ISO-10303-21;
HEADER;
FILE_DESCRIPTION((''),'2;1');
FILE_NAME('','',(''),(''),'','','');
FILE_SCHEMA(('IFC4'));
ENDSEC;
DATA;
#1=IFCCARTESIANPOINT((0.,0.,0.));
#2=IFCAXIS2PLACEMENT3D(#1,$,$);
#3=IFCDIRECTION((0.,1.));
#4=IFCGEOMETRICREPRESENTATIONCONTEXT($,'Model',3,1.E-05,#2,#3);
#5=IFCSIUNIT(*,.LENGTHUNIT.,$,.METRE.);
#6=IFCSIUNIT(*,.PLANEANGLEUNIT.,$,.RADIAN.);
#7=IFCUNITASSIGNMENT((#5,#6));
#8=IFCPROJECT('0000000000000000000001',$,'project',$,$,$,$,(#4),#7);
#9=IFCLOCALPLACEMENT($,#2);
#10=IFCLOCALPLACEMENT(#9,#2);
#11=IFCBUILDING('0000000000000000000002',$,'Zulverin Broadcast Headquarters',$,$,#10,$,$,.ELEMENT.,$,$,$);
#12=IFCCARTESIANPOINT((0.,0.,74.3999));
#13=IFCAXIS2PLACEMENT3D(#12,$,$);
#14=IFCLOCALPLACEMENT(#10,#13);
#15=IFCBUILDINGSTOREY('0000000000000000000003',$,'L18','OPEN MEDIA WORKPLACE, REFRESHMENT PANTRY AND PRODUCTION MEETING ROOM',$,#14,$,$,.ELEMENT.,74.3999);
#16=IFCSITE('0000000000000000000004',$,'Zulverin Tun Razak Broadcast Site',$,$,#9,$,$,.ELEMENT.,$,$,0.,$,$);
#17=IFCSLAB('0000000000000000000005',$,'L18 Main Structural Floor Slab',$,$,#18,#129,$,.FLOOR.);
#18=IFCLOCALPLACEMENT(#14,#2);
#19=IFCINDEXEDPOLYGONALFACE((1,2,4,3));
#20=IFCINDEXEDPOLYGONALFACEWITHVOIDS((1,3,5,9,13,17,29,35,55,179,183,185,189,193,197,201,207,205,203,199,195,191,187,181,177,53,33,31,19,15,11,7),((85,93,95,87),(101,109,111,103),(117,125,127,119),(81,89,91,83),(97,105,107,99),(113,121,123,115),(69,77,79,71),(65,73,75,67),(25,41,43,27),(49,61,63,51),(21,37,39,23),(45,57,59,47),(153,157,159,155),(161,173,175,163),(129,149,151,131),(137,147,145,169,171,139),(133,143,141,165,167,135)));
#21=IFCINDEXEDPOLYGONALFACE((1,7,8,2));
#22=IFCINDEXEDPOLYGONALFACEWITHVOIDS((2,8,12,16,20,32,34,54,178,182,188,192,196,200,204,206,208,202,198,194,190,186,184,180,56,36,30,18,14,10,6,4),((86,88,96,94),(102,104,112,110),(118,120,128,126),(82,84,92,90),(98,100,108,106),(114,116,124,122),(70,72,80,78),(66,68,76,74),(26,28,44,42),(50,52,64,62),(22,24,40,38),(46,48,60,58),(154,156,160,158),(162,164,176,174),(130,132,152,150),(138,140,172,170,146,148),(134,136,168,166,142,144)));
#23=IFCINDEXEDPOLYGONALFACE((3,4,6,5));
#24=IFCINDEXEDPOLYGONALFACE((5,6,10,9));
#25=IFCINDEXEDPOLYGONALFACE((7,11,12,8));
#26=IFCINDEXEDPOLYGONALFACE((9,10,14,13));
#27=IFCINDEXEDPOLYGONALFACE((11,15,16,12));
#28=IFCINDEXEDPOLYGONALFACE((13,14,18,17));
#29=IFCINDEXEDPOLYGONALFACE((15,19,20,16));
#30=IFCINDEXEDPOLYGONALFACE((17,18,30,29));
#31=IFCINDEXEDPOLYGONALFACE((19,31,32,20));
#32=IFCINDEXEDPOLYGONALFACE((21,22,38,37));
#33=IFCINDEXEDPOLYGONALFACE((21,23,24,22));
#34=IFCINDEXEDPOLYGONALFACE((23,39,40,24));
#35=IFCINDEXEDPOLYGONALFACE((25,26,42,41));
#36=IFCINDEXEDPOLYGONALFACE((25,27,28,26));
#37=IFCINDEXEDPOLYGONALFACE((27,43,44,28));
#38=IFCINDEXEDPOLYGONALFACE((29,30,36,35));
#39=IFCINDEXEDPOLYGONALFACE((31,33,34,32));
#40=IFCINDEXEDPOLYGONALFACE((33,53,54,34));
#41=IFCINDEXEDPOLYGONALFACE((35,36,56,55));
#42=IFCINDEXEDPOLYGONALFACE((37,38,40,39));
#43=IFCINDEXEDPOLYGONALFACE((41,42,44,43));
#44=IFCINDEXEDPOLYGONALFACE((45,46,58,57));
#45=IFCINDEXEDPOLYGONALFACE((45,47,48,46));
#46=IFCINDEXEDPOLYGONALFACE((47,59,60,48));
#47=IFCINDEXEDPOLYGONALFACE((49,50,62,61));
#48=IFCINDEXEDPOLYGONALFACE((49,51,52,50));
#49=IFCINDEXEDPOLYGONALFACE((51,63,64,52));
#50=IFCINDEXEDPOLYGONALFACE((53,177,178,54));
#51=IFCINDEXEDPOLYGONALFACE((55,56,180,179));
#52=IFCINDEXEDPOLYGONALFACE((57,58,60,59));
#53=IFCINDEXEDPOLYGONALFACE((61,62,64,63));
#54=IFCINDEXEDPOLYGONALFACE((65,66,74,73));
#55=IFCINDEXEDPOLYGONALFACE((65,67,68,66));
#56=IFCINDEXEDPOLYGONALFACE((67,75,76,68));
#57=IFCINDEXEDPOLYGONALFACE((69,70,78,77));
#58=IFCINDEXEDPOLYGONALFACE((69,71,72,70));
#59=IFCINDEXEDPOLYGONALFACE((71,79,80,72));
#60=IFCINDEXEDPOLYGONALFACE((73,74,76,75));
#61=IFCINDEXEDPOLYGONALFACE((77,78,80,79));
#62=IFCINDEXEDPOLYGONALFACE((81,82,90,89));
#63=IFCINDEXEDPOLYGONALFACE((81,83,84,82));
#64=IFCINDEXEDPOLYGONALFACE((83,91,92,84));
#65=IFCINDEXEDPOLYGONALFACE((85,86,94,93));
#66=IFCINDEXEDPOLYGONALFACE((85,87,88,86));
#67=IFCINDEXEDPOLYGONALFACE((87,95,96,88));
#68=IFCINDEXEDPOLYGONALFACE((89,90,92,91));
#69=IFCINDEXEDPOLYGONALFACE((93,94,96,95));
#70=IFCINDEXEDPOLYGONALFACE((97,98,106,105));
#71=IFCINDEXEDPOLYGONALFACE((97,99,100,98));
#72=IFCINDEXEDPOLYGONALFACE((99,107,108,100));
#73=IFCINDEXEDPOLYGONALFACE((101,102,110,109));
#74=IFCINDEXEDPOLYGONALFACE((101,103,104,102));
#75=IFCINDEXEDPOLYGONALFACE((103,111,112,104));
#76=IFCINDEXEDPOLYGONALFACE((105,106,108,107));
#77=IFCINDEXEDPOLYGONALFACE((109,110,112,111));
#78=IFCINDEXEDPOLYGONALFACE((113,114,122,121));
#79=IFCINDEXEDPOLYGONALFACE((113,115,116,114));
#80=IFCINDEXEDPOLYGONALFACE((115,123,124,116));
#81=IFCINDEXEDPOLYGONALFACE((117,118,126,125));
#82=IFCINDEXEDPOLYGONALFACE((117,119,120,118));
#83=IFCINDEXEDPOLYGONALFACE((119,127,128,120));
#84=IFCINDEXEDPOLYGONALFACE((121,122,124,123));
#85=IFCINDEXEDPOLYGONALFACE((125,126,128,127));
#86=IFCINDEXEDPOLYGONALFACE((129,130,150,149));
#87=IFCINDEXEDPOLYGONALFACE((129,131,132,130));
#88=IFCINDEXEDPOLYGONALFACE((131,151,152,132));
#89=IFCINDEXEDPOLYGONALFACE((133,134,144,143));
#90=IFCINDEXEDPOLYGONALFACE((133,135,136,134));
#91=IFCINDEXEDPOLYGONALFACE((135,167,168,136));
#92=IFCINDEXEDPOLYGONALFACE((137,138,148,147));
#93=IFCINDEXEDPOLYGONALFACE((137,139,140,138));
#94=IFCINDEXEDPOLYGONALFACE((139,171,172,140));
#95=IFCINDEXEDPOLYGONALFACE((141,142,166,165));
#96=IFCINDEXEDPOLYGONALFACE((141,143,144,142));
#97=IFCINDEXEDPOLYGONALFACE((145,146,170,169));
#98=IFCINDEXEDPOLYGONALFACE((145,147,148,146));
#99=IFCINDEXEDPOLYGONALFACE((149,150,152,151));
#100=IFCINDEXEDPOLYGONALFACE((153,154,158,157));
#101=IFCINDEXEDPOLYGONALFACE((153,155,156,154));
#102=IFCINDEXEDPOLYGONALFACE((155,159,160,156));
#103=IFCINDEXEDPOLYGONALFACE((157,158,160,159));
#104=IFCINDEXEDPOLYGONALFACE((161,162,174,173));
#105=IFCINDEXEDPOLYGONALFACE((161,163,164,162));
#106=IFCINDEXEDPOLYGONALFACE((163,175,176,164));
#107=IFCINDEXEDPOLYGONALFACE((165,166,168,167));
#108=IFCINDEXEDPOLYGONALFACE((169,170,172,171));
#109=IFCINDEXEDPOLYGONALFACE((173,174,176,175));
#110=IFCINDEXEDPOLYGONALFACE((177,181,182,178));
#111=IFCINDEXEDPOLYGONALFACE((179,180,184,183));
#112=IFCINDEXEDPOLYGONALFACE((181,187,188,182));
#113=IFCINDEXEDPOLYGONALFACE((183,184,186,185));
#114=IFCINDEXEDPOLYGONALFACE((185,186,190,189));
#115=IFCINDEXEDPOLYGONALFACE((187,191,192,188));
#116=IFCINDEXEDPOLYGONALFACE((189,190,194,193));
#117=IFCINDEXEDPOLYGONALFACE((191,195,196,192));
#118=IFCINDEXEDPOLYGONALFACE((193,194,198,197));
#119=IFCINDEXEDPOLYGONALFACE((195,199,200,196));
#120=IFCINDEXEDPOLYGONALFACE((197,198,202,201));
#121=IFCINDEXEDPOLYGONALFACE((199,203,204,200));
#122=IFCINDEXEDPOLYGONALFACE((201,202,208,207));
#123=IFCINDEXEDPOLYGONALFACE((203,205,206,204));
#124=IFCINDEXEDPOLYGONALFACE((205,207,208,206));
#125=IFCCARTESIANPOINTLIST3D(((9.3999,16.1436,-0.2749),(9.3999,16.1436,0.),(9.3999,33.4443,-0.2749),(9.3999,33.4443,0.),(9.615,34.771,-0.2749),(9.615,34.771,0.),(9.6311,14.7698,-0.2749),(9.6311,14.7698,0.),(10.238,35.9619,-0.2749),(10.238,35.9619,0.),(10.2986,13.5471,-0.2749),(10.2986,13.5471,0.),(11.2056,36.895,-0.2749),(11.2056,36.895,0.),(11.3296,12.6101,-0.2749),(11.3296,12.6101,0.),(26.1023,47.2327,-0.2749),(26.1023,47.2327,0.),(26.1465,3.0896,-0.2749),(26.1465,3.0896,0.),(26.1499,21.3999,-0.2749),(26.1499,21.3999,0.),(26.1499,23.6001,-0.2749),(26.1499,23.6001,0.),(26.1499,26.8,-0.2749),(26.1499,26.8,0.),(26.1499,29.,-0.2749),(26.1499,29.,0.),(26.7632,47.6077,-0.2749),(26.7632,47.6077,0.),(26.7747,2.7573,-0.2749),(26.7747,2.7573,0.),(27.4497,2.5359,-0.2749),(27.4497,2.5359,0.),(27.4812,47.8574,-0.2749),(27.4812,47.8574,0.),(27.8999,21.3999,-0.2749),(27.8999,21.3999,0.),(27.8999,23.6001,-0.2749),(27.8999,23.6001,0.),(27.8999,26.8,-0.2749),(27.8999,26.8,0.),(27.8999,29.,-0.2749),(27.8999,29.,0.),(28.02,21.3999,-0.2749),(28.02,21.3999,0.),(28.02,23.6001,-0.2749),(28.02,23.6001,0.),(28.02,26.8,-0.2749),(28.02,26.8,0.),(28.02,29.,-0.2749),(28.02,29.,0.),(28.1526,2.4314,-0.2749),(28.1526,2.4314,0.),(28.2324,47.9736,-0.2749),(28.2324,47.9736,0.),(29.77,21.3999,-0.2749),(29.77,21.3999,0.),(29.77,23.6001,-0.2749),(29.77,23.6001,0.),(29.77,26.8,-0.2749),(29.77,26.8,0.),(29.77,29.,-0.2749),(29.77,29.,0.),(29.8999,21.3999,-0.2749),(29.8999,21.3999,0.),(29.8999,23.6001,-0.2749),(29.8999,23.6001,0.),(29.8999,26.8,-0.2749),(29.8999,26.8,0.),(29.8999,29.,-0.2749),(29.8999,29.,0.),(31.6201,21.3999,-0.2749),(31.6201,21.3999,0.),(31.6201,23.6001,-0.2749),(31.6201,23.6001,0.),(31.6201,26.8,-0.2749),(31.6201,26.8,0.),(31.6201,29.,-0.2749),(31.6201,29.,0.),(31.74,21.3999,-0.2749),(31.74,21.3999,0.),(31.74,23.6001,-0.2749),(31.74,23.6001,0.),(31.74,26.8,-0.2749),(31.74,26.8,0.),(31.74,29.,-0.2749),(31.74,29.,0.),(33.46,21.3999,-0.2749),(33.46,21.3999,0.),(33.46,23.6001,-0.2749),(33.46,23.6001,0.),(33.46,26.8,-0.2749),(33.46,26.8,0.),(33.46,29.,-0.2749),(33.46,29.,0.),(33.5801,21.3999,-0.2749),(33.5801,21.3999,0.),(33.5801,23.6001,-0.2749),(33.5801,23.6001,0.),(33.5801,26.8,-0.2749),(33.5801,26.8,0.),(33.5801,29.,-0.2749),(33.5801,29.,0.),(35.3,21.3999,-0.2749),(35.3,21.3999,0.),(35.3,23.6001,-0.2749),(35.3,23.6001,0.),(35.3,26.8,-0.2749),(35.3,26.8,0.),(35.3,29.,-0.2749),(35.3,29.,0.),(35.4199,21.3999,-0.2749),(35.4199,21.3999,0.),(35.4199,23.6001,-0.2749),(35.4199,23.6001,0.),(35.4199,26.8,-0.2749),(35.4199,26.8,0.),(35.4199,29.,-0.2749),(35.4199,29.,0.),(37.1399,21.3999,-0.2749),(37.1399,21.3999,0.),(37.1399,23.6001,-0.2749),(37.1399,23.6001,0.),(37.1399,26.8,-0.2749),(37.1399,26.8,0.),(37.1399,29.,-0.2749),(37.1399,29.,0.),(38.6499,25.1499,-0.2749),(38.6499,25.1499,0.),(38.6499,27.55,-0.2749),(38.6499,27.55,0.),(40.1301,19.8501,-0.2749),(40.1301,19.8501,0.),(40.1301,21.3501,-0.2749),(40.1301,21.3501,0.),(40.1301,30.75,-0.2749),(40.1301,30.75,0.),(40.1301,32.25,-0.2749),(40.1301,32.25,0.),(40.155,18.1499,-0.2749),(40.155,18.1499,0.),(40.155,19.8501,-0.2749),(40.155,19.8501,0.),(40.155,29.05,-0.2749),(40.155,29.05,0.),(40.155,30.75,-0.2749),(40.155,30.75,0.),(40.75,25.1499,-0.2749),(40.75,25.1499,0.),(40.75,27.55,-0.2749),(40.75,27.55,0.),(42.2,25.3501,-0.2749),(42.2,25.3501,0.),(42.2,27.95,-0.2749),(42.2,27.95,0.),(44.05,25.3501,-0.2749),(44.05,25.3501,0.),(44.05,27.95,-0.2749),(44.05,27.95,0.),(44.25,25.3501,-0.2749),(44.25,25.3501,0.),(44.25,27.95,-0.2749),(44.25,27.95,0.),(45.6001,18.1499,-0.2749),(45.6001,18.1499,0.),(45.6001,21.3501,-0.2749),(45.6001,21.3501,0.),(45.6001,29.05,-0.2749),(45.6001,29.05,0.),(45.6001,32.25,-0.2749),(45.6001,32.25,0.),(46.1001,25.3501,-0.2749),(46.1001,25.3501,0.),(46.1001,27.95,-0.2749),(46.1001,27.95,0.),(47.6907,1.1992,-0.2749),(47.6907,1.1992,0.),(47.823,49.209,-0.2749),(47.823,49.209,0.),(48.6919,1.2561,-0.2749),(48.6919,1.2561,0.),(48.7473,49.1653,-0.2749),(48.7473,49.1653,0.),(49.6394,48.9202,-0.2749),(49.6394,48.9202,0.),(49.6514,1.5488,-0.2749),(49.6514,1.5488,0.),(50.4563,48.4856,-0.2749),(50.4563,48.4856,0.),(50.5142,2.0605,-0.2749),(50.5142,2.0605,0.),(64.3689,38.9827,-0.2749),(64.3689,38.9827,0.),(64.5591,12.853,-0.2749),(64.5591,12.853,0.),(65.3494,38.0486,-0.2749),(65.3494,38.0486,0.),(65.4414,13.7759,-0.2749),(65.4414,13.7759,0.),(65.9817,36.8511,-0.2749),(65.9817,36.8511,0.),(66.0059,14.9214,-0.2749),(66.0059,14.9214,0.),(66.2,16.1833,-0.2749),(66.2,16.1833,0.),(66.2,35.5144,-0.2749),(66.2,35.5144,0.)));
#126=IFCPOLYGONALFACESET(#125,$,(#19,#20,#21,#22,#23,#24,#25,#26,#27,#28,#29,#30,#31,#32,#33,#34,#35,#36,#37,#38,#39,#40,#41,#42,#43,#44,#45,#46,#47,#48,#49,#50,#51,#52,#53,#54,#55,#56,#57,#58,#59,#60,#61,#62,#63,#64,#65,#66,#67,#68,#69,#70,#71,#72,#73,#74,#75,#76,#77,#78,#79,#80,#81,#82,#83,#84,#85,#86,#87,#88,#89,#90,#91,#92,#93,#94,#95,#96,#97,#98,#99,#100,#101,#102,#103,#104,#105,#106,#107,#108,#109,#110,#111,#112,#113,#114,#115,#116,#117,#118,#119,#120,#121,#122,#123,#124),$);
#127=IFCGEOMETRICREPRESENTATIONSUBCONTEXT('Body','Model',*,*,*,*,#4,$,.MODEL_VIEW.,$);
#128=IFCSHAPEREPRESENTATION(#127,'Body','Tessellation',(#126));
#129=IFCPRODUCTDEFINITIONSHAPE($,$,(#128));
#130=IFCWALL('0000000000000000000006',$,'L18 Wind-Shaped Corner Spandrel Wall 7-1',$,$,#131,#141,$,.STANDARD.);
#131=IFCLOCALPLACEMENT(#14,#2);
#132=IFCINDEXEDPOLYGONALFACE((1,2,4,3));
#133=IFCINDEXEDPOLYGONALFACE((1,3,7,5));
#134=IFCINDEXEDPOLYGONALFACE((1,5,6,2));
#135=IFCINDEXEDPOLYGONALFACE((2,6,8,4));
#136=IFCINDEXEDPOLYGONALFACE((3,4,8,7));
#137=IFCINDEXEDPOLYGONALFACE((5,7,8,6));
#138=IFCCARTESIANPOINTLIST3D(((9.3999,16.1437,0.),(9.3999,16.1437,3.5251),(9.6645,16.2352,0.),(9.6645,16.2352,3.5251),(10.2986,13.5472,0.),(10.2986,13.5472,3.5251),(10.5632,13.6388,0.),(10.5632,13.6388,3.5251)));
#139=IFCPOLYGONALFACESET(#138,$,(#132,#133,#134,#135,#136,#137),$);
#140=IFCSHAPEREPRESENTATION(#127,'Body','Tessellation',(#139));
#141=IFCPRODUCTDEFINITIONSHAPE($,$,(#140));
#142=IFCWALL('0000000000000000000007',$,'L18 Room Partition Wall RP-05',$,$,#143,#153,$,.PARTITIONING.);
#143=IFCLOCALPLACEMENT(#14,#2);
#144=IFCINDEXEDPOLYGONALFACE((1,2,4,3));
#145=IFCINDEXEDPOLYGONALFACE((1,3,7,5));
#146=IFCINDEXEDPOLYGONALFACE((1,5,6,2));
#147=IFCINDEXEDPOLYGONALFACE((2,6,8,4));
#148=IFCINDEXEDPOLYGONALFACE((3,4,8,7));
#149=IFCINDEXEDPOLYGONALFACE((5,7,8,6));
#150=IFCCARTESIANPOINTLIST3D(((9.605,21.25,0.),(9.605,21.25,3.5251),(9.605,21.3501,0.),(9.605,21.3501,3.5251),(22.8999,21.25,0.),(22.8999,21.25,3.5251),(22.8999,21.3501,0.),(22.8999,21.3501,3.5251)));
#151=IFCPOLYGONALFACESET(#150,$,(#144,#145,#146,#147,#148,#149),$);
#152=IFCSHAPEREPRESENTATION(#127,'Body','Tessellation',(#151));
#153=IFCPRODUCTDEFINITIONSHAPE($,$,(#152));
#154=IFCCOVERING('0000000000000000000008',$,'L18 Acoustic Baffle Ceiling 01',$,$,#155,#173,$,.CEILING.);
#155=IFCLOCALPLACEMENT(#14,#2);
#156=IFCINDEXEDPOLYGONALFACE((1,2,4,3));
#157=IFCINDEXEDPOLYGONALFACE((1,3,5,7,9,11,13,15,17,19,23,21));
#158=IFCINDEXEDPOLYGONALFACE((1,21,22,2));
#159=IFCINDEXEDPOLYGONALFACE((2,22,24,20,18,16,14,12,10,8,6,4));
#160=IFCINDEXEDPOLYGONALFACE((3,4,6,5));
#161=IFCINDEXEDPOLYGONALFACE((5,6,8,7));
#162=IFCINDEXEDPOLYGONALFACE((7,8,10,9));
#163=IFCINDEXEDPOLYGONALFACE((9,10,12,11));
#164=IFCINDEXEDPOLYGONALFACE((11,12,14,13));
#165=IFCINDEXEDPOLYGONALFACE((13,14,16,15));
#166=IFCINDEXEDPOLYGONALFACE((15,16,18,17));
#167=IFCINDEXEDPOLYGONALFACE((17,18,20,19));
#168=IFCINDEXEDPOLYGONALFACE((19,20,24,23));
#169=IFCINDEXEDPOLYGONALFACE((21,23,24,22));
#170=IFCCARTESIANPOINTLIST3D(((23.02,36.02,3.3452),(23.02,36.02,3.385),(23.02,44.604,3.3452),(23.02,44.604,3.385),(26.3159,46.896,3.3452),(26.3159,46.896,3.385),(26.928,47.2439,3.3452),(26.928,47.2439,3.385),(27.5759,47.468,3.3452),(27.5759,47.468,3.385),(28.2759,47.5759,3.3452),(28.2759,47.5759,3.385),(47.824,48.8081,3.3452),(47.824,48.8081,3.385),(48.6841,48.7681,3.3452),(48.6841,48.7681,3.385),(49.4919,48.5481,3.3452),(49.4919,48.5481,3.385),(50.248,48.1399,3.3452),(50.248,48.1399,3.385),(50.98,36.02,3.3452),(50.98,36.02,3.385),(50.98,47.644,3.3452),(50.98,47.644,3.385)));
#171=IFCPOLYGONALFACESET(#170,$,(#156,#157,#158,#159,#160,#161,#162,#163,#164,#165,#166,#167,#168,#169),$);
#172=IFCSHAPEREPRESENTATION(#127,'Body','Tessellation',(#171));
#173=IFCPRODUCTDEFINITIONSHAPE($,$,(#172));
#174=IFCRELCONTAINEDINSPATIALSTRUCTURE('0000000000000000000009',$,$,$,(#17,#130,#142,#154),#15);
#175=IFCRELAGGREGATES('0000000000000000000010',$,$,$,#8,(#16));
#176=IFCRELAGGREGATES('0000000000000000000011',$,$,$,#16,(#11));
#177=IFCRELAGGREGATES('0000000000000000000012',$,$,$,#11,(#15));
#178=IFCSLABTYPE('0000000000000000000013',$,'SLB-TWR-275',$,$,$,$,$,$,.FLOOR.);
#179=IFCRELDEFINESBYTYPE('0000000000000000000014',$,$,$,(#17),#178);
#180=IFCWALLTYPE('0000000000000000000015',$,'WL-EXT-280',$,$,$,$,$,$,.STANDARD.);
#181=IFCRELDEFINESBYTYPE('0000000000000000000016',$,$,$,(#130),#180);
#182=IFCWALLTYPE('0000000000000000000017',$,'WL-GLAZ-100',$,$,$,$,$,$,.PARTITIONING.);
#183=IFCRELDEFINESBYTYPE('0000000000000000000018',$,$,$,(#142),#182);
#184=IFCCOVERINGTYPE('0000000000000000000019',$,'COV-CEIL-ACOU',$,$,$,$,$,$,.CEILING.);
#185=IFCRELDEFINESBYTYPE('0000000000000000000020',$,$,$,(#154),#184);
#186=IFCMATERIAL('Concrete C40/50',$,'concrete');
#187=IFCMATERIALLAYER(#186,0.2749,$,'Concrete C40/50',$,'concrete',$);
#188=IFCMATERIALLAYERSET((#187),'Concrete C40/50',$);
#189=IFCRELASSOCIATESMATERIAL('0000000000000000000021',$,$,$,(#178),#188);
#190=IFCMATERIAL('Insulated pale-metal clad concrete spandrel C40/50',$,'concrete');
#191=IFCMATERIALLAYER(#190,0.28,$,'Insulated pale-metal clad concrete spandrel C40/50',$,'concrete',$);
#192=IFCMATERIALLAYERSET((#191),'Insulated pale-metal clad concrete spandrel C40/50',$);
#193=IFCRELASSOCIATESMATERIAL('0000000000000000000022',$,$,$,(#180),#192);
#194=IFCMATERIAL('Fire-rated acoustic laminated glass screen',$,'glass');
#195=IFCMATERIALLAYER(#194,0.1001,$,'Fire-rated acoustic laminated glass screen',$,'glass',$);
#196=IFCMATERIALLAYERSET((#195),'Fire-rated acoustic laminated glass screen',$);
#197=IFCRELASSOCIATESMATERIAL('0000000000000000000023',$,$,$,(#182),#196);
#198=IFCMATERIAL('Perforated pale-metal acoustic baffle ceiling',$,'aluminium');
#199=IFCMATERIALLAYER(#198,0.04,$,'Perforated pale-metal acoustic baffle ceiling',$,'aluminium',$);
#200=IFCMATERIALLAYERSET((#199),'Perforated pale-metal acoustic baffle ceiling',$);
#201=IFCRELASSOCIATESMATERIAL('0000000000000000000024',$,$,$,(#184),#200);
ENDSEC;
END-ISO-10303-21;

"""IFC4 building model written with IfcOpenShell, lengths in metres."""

from ifc_helpers import new_model, si_unit, direction, frame, frame_2d, origin, place, context, subcontext, project, spatial, polyline, rectangle, outline, extrude, material, layer, layer_set, type_object, element, save


model = new_model("IFC4")

# Units and contexts
model_context = context("Model", 3, precision=1e-05, world=origin(), true_north=direction((0.0, 1.0)))
body_context = subcontext(model_context, "Body", "Model", "MODEL_VIEW")
ifc_project = project(units=[si_unit("LENGTHUNIT", "METRE"), si_unit("PLANEANGLEUNIT", "RADIAN")], contexts=[model_context])

# Site, building, storey
site_placement = place(None, origin())
site = spatial("IfcSite", under=ifc_project, at=site_placement, Name="Zulverin Tun Razak Broadcast Site", CompositionType="ELEMENT", RefElevation=0.0)
building_placement = place(site_placement, origin())
building = spatial("IfcBuilding", under=site, at=building_placement, Name="Zulverin Broadcast Headquarters", CompositionType="ELEMENT")
storey_placement = place(building_placement, frame((0.0, 0.0, 74.3999)))
storey = spatial("IfcBuildingStorey", under=building, at=storey_placement, Name="L18", Description="OPEN MEDIA WORKPLACE, REFRESHMENT PANTRY AND PRODUCTION MEETING ROOM", CompositionType="ELEMENT", Elevation=74.3999)

# Shared definitions
ifc_material_1 = material(Name="Concrete C40/50", Category="concrete")

# Slab
ifc_layer_1 = layer(ifc_material_1, 0.2749, Name="Concrete C40/50", Category="concrete")
ifc_layer_set_1 = layer_set([ifc_layer_1], Name="Concrete C40/50")
slab_type_1 = type_object("IfcSlabType", Name="SLB-TWR-275", PredefinedType="FLOOR", material=ifc_layer_set_1)
slab_1_placement = place(storey_placement, frame((0.0, 0.0, -0.2749)))
element("IfcSlab", 1, at=slab_1_placement, inside=storey, type_object=slab_type_1, Name="L18 Main Structural Floor Slab", PredefinedType="FLOOR", context=body_context, shape_type="SweptSolid", body=[
    extrude(outline(polyline([(26.1465, 3.0896), (26.7747, 2.7573), (27.4497, 2.5359), (28.1526, 2.4314), (47.6907, 1.1992), (48.6919, 1.2561), (49.6514, 1.5488), (50.5142, 2.0605), (64.5591, 12.853), (65.4414, 13.7759), (66.0059, 14.9214), (66.2, 16.1833), (66.2, 35.5144), (65.9817, 36.8511), (65.3494, 38.0486), (64.3689, 38.9827), (50.4563, 48.4856), (49.6394, 48.9202), (48.7473, 49.1653), (47.823, 49.209), (28.2324, 47.9736), (27.4812, 47.8574), (26.7632, 47.6077), (26.1023, 47.2327), (11.2056, 36.895), (10.238, 35.9619), (9.615, 34.771), (9.3999, 33.4443), (9.3999, 16.1436), (9.6311, 14.7698), (10.2986, 13.5471), (11.3296, 12.6101), (26.1465, 3.0896)]), holes=[polyline([(40.155, 30.75), (40.1301, 30.75), (40.1301, 32.25), (45.6001, 32.25), (45.6001, 29.05), (40.155, 29.05), (40.155, 30.75)]), polyline([(40.155, 19.8501), (40.1301, 19.8501), (40.1301, 21.3501), (45.6001, 21.3501), (45.6001, 18.1499), (40.155, 18.1499), (40.155, 19.8501)]), polyline([(26.1499, 26.8), (27.8999, 26.8), (27.8999, 29.0), (26.1499, 29.0), (26.1499, 26.8)]), polyline([(28.02, 26.8), (29.77, 26.8), (29.77, 29.0), (28.02, 29.0), (28.02, 26.8)]), polyline([(26.1499, 21.3999), (27.8999, 21.3999), (27.8999, 23.6001), (26.1499, 23.6001), (26.1499, 21.3999)]), polyline([(28.02, 21.3999), (29.77, 21.3999), (29.77, 23.6001), (28.02, 23.6001), (28.02, 21.3999)]), polyline([(29.8999, 21.3999), (31.6201, 21.3999), (31.6201, 23.6001), (29.8999, 23.6001), (29.8999, 21.3999)]), polyline([(31.74, 21.3999), (33.46, 21.3999), (33.46, 23.6001), (31.74, 23.6001), (31.74, 21.3999)]), polyline([(33.5801, 21.3999), (35.3, 21.3999), (35.3, 23.6001), (33.5801, 23.6001), (33.5801, 21.3999)]), polyline([(35.4199, 21.3999), (37.1399, 21.3999), (37.1399, 23.6001), (35.4199, 23.6001), (35.4199, 21.3999)]), polyline([(29.8999, 26.8), (31.6201, 26.8), (31.6201, 29.0), (29.8999, 29.0), (29.8999, 26.8)]), polyline([(31.74, 26.8), (33.46, 26.8), (33.46, 29.0), (31.74, 29.0), (31.74, 26.8)]), polyline([(33.5801, 26.8), (35.3, 26.8), (35.3, 29.0), (33.5801, 29.0), (33.5801, 26.8)]), polyline([(35.4199, 26.8), (37.1399, 26.8), (37.1399, 29.0), (35.4199, 29.0), (35.4199, 26.8)]), polyline([(42.2, 25.3501), (44.05, 25.3501), (44.05, 27.95), (42.2, 27.95), (42.2, 25.3501)]), polyline([(44.25, 25.3501), (46.1001, 25.3501), (46.1001, 27.95), (44.25, 27.95), (44.25, 25.3501)]), polyline([(38.6499, 25.1499), (40.75, 25.1499), (40.75, 27.55), (38.6499, 27.55), (38.6499, 25.1499)])]), origin(), (0.0, 0.0, 1.0), 0.2749),
])

# Walls
ifc_material_2 = material(Name="Insulated pale-metal clad concrete spandrel C40/50", Category="concrete")
ifc_layer_2 = layer(ifc_material_2, 0.28, Name="Insulated pale-metal clad concrete spandrel C40/50", Category="concrete")
ifc_layer_set_2 = layer_set([ifc_layer_2], Name="Insulated pale-metal clad concrete spandrel C40/50")
wall_type_1 = type_object("IfcWallType", Name="WL-EXT-280", PredefinedType="STANDARD", material=ifc_layer_set_2)
wall_1_placement = place(storey_placement, frame((9.5322, 16.1895, 0.0), z_axis=(0.0, 0.0, 1.0), x_axis=(0.327083, -0.944996, 0.0)))
element("IfcWall", 2, at=wall_1_placement, inside=storey, type_object=wall_type_1, Name="L18 Wind-Shaped Corner Spandrel Wall 7-1", PredefinedType="STANDARD", context=body_context, shape_type="SweptSolid", body=[
    extrude(rectangle(XDim=2.7476, YDim=0.28, at=frame_2d((1.3738, 0.0))), origin(), (0.0, 0.0, 1.0), 3.5251),
])
ifc_material_3 = material(Name="Fire-rated acoustic laminated glass screen", Category="glass")
ifc_layer_3 = layer(ifc_material_3, 0.1001, Name="Fire-rated acoustic laminated glass screen", Category="glass")
ifc_layer_set_3 = layer_set([ifc_layer_3], Name="Fire-rated acoustic laminated glass screen")
wall_type_2 = type_object("IfcWallType", Name="WL-GLAZ-100", PredefinedType="PARTITIONING", material=ifc_layer_set_3)
wall_2_placement = place(storey_placement, frame((9.605, 21.3, 0.0), z_axis=(0.0, 0.0, 1.0), x_axis=(1.0, 0.0, 0.0)))
element("IfcWall", 3, at=wall_2_placement, inside=storey, type_object=wall_type_2, Name="L18 Room Partition Wall RP-05", PredefinedType="PARTITIONING", context=body_context, shape_type="SweptSolid", body=[
    extrude(rectangle(XDim=13.2949, YDim=0.1001, at=frame_2d((6.6475, 0.0))), origin(), (0.0, 0.0, 1.0), 3.5251),
])

# Covering
ifc_material_4 = material(Name="Perforated pale-metal acoustic baffle ceiling", Category="aluminium")
ifc_layer_4 = layer(ifc_material_4, 0.04, Name="Perforated pale-metal acoustic baffle ceiling", Category="aluminium")
ifc_layer_set_4 = layer_set([ifc_layer_4], Name="Perforated pale-metal acoustic baffle ceiling")
covering_type_1 = type_object("IfcCoveringType", Name="COV-CEIL-ACOU", PredefinedType="CEILING", material=ifc_layer_set_4)
covering_1_placement = place(storey_placement, frame((0.0, 0.0, 3.3452)))
element("IfcCovering", 4, at=covering_1_placement, inside=storey, type_object=covering_type_1, Name="L18 Acoustic Baffle Ceiling 01", PredefinedType="CEILING", context=body_context, shape_type="SweptSolid", body=[
    extrude(outline(polyline([(48.6841, 48.7681), (47.824, 48.8081), (28.2759, 47.5759), (27.5759, 47.468), (26.928, 47.2439), (26.3159, 46.896), (23.02, 44.604), (23.02, 36.02), (50.98, 36.02), (50.98, 47.644), (50.248, 48.1399), (49.4919, 48.5481), (48.6841, 48.7681)])), origin(), (0.0, 0.0, 1.0), 0.0398),
])

save(model, "model.ifc")
